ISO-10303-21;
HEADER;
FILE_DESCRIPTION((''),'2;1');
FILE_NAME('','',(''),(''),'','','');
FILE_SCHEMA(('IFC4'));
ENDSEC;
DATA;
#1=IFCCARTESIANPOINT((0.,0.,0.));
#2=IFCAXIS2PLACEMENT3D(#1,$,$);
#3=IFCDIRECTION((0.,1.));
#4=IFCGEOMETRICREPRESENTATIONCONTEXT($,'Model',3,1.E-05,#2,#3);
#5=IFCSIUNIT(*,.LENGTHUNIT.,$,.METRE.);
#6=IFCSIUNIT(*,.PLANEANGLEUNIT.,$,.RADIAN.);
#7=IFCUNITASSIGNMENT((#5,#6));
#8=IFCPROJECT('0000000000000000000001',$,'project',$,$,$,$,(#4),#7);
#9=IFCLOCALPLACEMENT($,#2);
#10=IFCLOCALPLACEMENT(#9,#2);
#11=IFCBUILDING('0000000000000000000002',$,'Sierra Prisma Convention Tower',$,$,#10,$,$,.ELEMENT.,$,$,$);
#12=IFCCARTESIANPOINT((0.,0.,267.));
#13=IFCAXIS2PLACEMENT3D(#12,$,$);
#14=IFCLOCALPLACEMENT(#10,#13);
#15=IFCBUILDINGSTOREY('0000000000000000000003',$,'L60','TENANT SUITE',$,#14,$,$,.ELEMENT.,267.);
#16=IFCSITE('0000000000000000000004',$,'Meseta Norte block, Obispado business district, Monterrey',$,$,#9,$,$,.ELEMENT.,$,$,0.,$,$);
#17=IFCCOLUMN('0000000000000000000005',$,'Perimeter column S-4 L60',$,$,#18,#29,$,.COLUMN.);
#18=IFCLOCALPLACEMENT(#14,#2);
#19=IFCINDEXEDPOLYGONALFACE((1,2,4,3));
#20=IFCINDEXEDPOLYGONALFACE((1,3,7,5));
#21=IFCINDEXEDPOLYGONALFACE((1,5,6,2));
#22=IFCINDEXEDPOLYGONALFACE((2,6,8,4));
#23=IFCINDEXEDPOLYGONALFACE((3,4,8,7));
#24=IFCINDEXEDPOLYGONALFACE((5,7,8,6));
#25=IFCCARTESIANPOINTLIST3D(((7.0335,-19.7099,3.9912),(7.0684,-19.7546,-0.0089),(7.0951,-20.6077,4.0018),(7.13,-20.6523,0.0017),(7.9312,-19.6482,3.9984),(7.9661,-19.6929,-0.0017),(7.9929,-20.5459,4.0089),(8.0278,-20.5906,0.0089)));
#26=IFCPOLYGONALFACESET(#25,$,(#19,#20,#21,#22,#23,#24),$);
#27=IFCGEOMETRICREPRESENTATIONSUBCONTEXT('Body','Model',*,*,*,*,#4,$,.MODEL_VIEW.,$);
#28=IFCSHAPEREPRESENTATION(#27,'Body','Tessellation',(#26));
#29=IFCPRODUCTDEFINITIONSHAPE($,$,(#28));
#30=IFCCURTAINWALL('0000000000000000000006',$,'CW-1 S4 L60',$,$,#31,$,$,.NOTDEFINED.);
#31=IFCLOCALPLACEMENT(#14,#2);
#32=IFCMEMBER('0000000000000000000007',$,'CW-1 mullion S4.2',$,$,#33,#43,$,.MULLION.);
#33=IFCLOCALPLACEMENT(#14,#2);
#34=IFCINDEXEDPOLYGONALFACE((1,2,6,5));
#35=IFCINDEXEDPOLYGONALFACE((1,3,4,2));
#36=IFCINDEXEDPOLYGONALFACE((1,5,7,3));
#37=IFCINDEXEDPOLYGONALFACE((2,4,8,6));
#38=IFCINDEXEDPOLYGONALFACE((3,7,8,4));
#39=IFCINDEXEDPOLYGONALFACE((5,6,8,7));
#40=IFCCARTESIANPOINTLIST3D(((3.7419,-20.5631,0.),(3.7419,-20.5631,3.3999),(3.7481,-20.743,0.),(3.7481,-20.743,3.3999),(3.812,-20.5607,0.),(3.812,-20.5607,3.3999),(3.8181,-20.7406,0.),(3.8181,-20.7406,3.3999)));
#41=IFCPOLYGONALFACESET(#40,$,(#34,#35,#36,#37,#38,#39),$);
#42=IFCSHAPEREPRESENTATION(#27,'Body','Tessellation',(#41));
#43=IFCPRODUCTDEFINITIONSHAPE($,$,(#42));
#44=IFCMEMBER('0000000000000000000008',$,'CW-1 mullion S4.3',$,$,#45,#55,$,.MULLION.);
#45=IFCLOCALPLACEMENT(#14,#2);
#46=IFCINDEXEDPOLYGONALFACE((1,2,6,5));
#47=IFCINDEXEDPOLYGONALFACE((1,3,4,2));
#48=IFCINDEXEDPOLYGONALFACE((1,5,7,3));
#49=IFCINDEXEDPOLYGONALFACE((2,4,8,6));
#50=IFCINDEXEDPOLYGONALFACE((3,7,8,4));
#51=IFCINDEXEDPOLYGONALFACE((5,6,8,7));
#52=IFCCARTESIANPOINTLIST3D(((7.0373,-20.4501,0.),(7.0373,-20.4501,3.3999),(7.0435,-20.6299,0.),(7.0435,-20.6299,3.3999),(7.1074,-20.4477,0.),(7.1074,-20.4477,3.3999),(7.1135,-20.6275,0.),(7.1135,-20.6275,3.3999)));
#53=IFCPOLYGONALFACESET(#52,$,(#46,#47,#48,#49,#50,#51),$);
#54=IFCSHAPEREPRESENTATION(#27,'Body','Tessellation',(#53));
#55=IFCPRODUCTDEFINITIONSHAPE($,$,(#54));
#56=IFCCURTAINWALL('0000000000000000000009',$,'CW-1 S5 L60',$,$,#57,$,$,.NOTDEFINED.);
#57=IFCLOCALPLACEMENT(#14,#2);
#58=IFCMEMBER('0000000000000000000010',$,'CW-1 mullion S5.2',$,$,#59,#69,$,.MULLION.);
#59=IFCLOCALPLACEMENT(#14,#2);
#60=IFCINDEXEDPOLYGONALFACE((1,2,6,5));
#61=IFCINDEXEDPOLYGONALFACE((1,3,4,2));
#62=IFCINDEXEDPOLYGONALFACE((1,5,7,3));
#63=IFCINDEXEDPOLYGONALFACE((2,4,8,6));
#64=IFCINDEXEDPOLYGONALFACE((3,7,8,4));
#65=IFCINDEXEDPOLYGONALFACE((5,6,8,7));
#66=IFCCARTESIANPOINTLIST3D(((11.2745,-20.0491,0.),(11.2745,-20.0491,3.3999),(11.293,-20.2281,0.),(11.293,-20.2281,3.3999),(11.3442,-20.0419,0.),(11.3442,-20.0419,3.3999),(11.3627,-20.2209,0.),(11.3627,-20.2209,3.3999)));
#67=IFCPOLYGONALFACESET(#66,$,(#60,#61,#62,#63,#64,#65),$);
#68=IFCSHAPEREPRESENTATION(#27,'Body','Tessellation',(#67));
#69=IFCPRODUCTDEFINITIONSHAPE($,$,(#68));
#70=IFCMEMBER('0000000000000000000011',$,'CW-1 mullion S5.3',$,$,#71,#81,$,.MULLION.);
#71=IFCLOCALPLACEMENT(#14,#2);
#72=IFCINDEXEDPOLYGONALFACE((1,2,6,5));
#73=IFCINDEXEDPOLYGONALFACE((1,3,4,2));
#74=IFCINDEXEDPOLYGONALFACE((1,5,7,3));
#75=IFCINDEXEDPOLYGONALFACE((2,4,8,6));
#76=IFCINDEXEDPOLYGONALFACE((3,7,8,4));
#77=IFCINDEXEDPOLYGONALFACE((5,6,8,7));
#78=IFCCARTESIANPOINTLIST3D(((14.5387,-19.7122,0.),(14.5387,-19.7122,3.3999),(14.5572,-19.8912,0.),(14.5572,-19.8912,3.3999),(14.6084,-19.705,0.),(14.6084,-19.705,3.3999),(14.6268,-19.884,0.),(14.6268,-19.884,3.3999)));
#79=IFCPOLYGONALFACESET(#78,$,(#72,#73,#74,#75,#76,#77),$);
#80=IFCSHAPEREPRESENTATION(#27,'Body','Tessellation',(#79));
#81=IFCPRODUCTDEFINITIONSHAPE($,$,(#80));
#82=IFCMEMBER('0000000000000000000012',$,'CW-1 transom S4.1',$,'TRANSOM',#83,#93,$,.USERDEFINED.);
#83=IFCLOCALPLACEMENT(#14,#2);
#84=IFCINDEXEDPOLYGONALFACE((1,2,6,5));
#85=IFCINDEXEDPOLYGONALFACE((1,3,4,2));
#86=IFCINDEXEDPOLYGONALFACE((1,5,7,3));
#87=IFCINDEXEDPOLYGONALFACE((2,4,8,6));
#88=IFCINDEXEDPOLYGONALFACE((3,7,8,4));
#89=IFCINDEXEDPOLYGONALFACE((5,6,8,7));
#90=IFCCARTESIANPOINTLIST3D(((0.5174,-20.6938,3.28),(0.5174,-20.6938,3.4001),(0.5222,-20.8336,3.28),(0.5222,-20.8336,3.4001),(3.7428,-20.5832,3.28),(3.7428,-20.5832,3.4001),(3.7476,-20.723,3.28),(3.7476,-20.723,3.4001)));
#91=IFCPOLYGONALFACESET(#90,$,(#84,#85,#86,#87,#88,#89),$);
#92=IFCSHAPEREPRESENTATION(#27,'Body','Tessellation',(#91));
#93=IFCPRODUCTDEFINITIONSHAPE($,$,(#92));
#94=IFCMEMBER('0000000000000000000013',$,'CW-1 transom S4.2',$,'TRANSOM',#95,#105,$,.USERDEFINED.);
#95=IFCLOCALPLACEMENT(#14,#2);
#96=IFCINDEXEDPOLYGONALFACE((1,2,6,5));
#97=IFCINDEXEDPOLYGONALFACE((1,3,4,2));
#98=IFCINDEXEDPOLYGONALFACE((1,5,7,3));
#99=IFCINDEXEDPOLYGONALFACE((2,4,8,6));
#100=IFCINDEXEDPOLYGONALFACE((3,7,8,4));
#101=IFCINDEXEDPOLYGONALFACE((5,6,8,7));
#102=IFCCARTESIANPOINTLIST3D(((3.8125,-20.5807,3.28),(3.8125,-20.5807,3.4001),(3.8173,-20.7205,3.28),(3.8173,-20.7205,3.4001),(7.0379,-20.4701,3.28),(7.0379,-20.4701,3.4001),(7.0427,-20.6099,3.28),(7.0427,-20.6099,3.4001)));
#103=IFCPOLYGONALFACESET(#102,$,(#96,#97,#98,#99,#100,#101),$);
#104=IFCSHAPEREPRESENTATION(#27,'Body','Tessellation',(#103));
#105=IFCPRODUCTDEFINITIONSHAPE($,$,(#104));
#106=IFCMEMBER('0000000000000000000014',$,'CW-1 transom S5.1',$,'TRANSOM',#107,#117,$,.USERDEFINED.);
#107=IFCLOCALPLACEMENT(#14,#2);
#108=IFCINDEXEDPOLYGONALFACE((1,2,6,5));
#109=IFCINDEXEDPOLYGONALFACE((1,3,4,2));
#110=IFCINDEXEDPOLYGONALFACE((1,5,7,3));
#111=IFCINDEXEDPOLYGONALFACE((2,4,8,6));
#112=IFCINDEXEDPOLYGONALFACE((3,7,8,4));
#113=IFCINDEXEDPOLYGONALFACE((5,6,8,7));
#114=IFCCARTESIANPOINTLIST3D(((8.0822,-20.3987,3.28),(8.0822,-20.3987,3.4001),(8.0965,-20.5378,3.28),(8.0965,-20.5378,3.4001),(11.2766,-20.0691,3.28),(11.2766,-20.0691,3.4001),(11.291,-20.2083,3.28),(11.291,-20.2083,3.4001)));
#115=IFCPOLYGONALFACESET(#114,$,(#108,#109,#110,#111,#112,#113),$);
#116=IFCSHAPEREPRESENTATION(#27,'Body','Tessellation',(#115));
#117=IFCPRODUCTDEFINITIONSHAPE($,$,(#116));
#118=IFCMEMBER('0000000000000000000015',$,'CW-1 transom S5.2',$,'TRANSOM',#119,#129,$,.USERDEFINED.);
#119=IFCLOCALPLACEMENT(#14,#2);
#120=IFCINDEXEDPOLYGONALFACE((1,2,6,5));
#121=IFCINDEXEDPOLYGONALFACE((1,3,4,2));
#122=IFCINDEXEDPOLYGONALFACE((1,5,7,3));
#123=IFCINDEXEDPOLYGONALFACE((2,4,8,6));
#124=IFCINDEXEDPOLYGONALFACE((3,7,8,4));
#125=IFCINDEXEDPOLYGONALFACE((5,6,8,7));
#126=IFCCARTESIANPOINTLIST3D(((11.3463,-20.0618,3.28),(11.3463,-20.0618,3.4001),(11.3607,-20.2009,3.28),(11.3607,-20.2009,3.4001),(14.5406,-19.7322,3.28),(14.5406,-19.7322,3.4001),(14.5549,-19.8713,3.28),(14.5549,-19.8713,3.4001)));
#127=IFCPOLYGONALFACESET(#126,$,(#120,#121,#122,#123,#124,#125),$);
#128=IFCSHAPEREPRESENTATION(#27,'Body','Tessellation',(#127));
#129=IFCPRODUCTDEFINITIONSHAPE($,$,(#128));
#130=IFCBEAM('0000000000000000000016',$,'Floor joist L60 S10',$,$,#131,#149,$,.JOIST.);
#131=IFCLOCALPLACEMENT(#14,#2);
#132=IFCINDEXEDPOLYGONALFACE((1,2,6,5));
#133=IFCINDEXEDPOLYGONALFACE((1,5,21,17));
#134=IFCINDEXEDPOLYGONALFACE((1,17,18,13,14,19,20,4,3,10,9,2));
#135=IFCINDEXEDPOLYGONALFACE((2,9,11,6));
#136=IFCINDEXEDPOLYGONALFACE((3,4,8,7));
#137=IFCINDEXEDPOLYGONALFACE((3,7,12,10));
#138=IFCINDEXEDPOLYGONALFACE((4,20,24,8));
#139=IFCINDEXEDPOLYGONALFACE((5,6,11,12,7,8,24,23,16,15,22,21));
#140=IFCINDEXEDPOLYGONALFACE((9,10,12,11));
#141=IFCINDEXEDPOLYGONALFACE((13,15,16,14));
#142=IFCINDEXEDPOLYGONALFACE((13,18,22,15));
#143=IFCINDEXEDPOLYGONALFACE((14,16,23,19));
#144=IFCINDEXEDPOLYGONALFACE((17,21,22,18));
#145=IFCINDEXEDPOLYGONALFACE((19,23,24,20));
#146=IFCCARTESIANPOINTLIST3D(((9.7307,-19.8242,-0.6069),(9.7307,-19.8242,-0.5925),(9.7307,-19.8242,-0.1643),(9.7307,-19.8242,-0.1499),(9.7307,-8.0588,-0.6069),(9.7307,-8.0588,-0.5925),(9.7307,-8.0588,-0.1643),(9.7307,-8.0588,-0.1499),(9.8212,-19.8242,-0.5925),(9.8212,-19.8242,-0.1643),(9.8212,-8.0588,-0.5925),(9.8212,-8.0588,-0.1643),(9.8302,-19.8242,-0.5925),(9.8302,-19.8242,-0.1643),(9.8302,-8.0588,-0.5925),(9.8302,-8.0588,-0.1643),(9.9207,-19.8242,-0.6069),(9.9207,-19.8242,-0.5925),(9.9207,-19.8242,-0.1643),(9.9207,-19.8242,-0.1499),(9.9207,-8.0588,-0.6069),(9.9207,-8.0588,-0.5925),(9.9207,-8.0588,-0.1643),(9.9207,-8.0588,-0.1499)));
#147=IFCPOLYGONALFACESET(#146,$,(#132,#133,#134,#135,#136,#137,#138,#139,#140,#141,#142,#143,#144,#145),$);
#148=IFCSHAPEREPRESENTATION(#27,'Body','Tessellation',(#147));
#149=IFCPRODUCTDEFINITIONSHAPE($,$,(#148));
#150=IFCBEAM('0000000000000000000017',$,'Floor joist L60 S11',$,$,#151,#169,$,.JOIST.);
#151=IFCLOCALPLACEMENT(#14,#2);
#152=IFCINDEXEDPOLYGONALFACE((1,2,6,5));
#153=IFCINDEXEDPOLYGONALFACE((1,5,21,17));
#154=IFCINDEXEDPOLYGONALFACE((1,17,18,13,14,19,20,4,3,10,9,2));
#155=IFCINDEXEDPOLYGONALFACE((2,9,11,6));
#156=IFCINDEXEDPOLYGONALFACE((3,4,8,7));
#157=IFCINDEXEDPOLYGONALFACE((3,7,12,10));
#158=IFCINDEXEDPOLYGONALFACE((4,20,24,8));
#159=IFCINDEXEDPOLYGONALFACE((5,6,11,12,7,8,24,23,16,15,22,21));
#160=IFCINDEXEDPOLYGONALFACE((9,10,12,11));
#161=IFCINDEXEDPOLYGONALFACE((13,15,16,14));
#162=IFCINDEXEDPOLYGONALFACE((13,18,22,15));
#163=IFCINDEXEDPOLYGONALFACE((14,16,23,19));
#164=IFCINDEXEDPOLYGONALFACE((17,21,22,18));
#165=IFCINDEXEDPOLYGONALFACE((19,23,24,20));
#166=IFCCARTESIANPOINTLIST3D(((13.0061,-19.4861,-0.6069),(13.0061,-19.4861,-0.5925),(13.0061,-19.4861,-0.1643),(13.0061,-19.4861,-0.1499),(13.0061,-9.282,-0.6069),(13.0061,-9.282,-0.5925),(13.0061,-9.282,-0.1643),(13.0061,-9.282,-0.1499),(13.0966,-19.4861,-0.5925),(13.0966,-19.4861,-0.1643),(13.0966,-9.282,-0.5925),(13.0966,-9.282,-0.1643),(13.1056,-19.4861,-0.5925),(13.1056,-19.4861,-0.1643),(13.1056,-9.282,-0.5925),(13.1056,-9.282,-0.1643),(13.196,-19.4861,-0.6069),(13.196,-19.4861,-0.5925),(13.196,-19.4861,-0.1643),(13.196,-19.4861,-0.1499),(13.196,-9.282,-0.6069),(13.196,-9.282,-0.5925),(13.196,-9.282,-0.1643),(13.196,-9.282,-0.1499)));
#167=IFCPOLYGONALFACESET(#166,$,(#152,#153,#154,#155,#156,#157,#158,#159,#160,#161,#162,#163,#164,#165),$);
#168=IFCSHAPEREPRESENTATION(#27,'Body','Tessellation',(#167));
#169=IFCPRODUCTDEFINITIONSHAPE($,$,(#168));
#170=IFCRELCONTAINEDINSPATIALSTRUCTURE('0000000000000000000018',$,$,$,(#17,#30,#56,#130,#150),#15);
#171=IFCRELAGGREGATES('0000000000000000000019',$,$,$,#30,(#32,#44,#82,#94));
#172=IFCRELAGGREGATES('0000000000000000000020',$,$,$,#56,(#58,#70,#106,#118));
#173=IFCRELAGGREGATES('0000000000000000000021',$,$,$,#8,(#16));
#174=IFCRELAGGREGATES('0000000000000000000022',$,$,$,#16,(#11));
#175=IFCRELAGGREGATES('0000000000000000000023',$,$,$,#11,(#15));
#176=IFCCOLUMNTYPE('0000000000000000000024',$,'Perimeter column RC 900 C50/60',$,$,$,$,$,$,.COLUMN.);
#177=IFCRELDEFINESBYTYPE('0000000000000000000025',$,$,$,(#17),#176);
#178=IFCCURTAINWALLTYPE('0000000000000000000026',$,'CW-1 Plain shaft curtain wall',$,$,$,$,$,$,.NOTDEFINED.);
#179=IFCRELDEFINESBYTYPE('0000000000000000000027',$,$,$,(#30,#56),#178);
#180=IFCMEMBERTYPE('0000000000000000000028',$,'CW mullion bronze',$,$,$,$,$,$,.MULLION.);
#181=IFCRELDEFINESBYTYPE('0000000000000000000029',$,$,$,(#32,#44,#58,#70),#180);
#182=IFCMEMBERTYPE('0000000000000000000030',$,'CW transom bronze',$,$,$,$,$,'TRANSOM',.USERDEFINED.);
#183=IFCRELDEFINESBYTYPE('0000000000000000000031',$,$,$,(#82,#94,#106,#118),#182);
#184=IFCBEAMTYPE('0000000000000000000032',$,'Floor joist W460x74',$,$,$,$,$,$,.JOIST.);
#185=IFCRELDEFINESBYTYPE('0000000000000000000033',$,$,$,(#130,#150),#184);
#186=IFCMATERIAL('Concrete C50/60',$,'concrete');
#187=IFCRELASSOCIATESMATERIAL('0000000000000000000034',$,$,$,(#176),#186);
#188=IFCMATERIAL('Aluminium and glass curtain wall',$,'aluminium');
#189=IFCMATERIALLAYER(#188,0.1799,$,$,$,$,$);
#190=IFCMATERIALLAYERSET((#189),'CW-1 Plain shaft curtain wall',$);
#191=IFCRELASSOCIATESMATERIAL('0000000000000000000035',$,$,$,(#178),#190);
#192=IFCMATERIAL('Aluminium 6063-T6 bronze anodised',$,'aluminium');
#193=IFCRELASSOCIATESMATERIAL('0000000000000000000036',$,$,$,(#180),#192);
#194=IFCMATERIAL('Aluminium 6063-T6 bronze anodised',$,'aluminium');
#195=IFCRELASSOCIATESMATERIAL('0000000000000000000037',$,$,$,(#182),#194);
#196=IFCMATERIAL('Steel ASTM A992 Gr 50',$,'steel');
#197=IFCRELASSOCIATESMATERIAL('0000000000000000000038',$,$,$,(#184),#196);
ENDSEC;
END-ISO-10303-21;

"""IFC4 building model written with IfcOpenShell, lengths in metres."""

from ifc_helpers import new_model, si_unit, direction, frame, origin, origin_2d, place, context, subcontext, project, spatial, rectangle, i_section, extrude, material, layer, layer_set, material_profile, profile_set, type_object, element, aggregate, save


model = new_model("IFC4")

# Units and contexts
model_context = context("Model", 3, precision=1e-05, world=origin(), true_north=direction((0.0, 1.0)))
body_context = subcontext(model_context, "Body", "Model", "MODEL_VIEW")
ifc_project = project(units=[si_unit("LENGTHUNIT", "METRE"), si_unit("PLANEANGLEUNIT", "RADIAN")], contexts=[model_context])

# Site, building, storey
site_placement = place(None, origin())
site = spatial("IfcSite", under=ifc_project, at=site_placement, Name="Meseta Norte block, Obispado business district, Monterrey", CompositionType="ELEMENT", RefElevation=0.0)
building_placement = place(site_placement, origin())
building = spatial("IfcBuilding", under=site, at=building_placement, Name="Sierra Prisma Convention Tower", CompositionType="ELEMENT")
storey_placement = place(building_placement, frame((0.0, 0.0, 267.0)))
storey = spatial("IfcBuildingStorey", under=building, at=storey_placement, Name="L60", Description="TENANT SUITE", CompositionType="ELEMENT", Elevation=267.0)

# Column
ifc_material_1 = material(Name="Concrete C50/60", Category="concrete")
ifc_material_profile_1 = material_profile(ifc_material_1, rectangle(XDim=0.8999, YDim=0.8999, at=origin_2d()), Name="Perimeter column RC 900 C50/60")
ifc_profile_set_1 = profile_set([ifc_material_profile_1], Name="Concrete C50/60")
column_type = type_object("IfcColumnType", Name="Perimeter column RC 900 C50/60", PredefinedType="COLUMN", material=ifc_profile_set_1)
column_placement = place(storey_placement, frame((7.5481, -20.1726, 0.0), z_axis=(-0.008727, 0.011168, 0.9999), x_axis=(0.997612, 0.068603, 0.007941)))
element("IfcColumn", 1, at=column_placement, inside=storey, type_object=column_type, Name="Perimeter column S-4 L60", PredefinedType="COLUMN", context=body_context, shape_type="SweptSolid", body=[
    extrude(rectangle(XDim=0.8999, YDim=0.8999, at=origin_2d()), origin(), (0.0, 0.0, 1.0), 4.0005),
])

# Curtain walls, members
ifc_material_2 = material(Name="Aluminium and glass curtain wall", Category="aluminium")
ifc_layer_1 = layer(ifc_material_2, 0.1799)
ifc_layer_set_1 = layer_set([ifc_layer_1], Name="CW-1 Plain shaft curtain wall")
curtain_wall_type = type_object("IfcCurtainWallType", Name="CW-1 Plain shaft curtain wall", PredefinedType="NOTDEFINED", material=ifc_layer_set_1)
curtain_wall_1_placement = place(storey_placement, origin())
curtain_wall_1 = element("IfcCurtainWall", 2, at=curtain_wall_1_placement, inside=storey, type_object=curtain_wall_type, Name="CW-1 S4 L60", PredefinedType="NOTDEFINED")
ifc_material_3 = material(Name="Aluminium 6063-T6 bronze anodised", Category="aluminium")
ifc_material_profile_2 = material_profile(ifc_material_3, rectangle(XDim=0.1799, YDim=0.0701, at=origin_2d()), Name="ALU MULLION 70x180")
ifc_profile_set_2 = profile_set([ifc_material_profile_2], Name="Aluminium 6063-T6 bronze anodised")
member_type_1 = type_object("IfcMemberType", Name="CW mullion bronze", PredefinedType="MULLION", material=ifc_profile_set_2)
member_1_placement = place(storey_placement, frame((3.78, -20.6519, 0.0), z_axis=(0.0, 0.0, 1.0), x_axis=(-0.034275, 0.999412, 0.0)))
member_1 = element("IfcMember", 3, at=member_1_placement, type_object=member_type_1, Name="CW-1 mullion S4.2", PredefinedType="MULLION", context=body_context, shape_type="SweptSolid", body=[
    extrude(rectangle(XDim=0.1799, YDim=0.0701, at=origin_2d()), origin(), (0.0, 0.0, 1.0), 3.3999),
])
member_2_placement = place(storey_placement, frame((7.0754, -20.5388, 0.0), z_axis=(0.0, 0.0, 1.0), x_axis=(-0.034275, 0.999412, 0.0)))
member_2 = element("IfcMember", 4, at=member_2_placement, type_object=member_type_1, Name="CW-1 mullion S4.3", PredefinedType="MULLION", context=body_context, shape_type="SweptSolid", body=[
    extrude(rectangle(XDim=0.1799, YDim=0.0701, at=origin_2d()), origin(), (0.0, 0.0, 1.0), 3.3999),
])
curtain_wall_2_placement = place(storey_placement, origin())
curtain_wall_2 = element("IfcCurtainWall", 5, at=curtain_wall_2_placement, inside=storey, type_object=curtain_wall_type, Name="CW-1 S5 L60", PredefinedType="NOTDEFINED")
member_3_placement = place(storey_placement, frame((11.3186, -20.135, 0.0), z_axis=(0.0, 0.0, 1.0), x_axis=(-0.102665, 0.994716, 0.0)))
member_3 = element("IfcMember", 6, at=member_3_placement, type_object=member_type_1, Name="CW-1 mullion S5.2", PredefinedType="MULLION", context=body_context, shape_type="SweptSolid", body=[
    extrude(rectangle(XDim=0.1799, YDim=0.0701, at=origin_2d()), origin(), (0.0, 0.0, 1.0), 3.3999),
])
member_4_placement = place(storey_placement, frame((14.5828, -19.7981, 0.0), z_axis=(0.0, 0.0, 1.0), x_axis=(-0.102665, 0.994716, 0.0)))
member_4 = element("IfcMember", 7, at=member_4_placement, type_object=member_type_1, Name="CW-1 mullion S5.3", PredefinedType="MULLION", context=body_context, shape_type="SweptSolid", body=[
    extrude(rectangle(XDim=0.1799, YDim=0.0701, at=origin_2d()), origin(), (0.0, 0.0, 1.0), 3.3999),
])

# Members
ifc_material_4 = material(Name="Aluminium 6063-T6 bronze anodised", Category="aluminium")
ifc_material_profile_3 = material_profile(ifc_material_4, rectangle(XDim=0.1399, YDim=0.1201, at=origin_2d()), Name="ALU TRANSOM 120x140")
ifc_profile_set_3 = profile_set([ifc_material_profile_3], Name="Aluminium 6063-T6 bronze anodised")
member_type_2 = type_object("IfcMemberType", Name="CW transom bronze", ElementType="TRANSOM", PredefinedType="USERDEFINED", material=ifc_profile_set_3)
member_5_placement = place(storey_placement, frame((0.5198, -20.7637, 3.3401), z_axis=(0.999413, 0.034269, 0.0), x_axis=(-0.034269, 0.999413, 0.0)))
member_5 = element("IfcMember", 8, at=member_5_placement, type_object=member_type_2, Name="CW-1 transom S4.1", ObjectType="TRANSOM", PredefinedType="USERDEFINED", context=body_context, shape_type="SweptSolid", body=[
    extrude(rectangle(XDim=0.1399, YDim=0.1201, at=origin_2d()), origin(), (0.0, 0.0, 1.0), 3.2273),
])
member_6_placement = place(storey_placement, frame((3.8149, -20.6506, 3.3401), z_axis=(0.999413, 0.034269, 0.0), x_axis=(-0.034269, 0.999413, 0.0)))
member_6 = element("IfcMember", 9, at=member_6_placement, type_object=member_type_2, Name="CW-1 transom S4.2", ObjectType="TRANSOM", PredefinedType="USERDEFINED", context=body_context, shape_type="SweptSolid", body=[
    extrude(rectangle(XDim=0.1399, YDim=0.1201, at=origin_2d()), origin(), (0.0, 0.0, 1.0), 3.2273),
])
member_7_placement = place(storey_placement, frame((8.0894, -20.4683, 3.3401), z_axis=(0.99472, 0.102627, 0.0), x_axis=(-0.102627, 0.99472, 0.0)))
member_7 = element("IfcMember", 10, at=member_7_placement, type_object=member_type_2, Name="CW-1 transom S5.1", ObjectType="TRANSOM", PredefinedType="USERDEFINED", context=body_context, shape_type="SweptSolid", body=[
    extrude(rectangle(XDim=0.1399, YDim=0.1201, at=origin_2d()), origin(), (0.0, 0.0, 1.0), 3.2114),
])
member_8_placement = place(storey_placement, frame((11.3535, -20.1313, 3.3401), z_axis=(0.994719, 0.102635, 0.0), x_axis=(-0.102635, 0.994719, 0.0)))
member_8 = element("IfcMember", 11, at=member_8_placement, type_object=member_type_2, Name="CW-1 transom S5.2", ObjectType="TRANSOM", PredefinedType="USERDEFINED", context=body_context, shape_type="SweptSolid", body=[
    extrude(rectangle(XDim=0.1399, YDim=0.1201, at=origin_2d()), origin(), (0.0, 0.0, 1.0), 3.2112),
])

# Beams
ifc_material_5 = material(Name="Steel ASTM A992 Gr 50", Category="steel")
ifc_material_profile_4 = material_profile(ifc_material_5, i_section(OverallWidth=0.1899, OverallDepth=0.457, WebThickness=0.009, FlangeThickness=0.0144, at=origin_2d()), Name="W460x74")
ifc_profile_set_4 = profile_set([ifc_material_profile_4], Name="Steel ASTM A992 Gr 50")
beam_type_1 = type_object("IfcBeamType", Name="Floor joist W460x74", PredefinedType="JOIST", material=ifc_profile_set_4)
beam_1_placement = place(storey_placement, frame((9.8257, -19.8242, -0.3784), z_axis=(0.0, 1.0, 0.0), x_axis=(-1.0, 0.0, 0.0)))
element("IfcBeam", 12, at=beam_1_placement, inside=storey, type_object=beam_type_1, Name="Floor joist L60 S10", PredefinedType="JOIST", context=body_context, shape_type="SweptSolid", body=[
    extrude(i_section(OverallWidth=0.1899, OverallDepth=0.457, WebThickness=0.009, FlangeThickness=0.0144, at=origin_2d()), origin(), (0.0, 0.0, 1.0), 11.7654),
])
beam_2_placement = place(storey_placement, frame((13.1011, -19.4861, -0.3784), z_axis=(0.0, 1.0, 0.0), x_axis=(-1.0, 0.0, 0.0)))
element("IfcBeam", 13, at=beam_2_placement, inside=storey, type_object=beam_type_1, Name="Floor joist L60 S11", PredefinedType="JOIST", context=body_context, shape_type="SweptSolid", body=[
    extrude(i_section(OverallWidth=0.1899, OverallDepth=0.457, WebThickness=0.009, FlangeThickness=0.0144, at=origin_2d()), origin(), (0.0, 0.0, 1.0), 10.2041),
])

aggregate(curtain_wall_1, [member_1, member_2, member_5, member_6])
aggregate(curtain_wall_2, [member_3, member_4, member_7, member_8])

save(model, "model.ifc")
